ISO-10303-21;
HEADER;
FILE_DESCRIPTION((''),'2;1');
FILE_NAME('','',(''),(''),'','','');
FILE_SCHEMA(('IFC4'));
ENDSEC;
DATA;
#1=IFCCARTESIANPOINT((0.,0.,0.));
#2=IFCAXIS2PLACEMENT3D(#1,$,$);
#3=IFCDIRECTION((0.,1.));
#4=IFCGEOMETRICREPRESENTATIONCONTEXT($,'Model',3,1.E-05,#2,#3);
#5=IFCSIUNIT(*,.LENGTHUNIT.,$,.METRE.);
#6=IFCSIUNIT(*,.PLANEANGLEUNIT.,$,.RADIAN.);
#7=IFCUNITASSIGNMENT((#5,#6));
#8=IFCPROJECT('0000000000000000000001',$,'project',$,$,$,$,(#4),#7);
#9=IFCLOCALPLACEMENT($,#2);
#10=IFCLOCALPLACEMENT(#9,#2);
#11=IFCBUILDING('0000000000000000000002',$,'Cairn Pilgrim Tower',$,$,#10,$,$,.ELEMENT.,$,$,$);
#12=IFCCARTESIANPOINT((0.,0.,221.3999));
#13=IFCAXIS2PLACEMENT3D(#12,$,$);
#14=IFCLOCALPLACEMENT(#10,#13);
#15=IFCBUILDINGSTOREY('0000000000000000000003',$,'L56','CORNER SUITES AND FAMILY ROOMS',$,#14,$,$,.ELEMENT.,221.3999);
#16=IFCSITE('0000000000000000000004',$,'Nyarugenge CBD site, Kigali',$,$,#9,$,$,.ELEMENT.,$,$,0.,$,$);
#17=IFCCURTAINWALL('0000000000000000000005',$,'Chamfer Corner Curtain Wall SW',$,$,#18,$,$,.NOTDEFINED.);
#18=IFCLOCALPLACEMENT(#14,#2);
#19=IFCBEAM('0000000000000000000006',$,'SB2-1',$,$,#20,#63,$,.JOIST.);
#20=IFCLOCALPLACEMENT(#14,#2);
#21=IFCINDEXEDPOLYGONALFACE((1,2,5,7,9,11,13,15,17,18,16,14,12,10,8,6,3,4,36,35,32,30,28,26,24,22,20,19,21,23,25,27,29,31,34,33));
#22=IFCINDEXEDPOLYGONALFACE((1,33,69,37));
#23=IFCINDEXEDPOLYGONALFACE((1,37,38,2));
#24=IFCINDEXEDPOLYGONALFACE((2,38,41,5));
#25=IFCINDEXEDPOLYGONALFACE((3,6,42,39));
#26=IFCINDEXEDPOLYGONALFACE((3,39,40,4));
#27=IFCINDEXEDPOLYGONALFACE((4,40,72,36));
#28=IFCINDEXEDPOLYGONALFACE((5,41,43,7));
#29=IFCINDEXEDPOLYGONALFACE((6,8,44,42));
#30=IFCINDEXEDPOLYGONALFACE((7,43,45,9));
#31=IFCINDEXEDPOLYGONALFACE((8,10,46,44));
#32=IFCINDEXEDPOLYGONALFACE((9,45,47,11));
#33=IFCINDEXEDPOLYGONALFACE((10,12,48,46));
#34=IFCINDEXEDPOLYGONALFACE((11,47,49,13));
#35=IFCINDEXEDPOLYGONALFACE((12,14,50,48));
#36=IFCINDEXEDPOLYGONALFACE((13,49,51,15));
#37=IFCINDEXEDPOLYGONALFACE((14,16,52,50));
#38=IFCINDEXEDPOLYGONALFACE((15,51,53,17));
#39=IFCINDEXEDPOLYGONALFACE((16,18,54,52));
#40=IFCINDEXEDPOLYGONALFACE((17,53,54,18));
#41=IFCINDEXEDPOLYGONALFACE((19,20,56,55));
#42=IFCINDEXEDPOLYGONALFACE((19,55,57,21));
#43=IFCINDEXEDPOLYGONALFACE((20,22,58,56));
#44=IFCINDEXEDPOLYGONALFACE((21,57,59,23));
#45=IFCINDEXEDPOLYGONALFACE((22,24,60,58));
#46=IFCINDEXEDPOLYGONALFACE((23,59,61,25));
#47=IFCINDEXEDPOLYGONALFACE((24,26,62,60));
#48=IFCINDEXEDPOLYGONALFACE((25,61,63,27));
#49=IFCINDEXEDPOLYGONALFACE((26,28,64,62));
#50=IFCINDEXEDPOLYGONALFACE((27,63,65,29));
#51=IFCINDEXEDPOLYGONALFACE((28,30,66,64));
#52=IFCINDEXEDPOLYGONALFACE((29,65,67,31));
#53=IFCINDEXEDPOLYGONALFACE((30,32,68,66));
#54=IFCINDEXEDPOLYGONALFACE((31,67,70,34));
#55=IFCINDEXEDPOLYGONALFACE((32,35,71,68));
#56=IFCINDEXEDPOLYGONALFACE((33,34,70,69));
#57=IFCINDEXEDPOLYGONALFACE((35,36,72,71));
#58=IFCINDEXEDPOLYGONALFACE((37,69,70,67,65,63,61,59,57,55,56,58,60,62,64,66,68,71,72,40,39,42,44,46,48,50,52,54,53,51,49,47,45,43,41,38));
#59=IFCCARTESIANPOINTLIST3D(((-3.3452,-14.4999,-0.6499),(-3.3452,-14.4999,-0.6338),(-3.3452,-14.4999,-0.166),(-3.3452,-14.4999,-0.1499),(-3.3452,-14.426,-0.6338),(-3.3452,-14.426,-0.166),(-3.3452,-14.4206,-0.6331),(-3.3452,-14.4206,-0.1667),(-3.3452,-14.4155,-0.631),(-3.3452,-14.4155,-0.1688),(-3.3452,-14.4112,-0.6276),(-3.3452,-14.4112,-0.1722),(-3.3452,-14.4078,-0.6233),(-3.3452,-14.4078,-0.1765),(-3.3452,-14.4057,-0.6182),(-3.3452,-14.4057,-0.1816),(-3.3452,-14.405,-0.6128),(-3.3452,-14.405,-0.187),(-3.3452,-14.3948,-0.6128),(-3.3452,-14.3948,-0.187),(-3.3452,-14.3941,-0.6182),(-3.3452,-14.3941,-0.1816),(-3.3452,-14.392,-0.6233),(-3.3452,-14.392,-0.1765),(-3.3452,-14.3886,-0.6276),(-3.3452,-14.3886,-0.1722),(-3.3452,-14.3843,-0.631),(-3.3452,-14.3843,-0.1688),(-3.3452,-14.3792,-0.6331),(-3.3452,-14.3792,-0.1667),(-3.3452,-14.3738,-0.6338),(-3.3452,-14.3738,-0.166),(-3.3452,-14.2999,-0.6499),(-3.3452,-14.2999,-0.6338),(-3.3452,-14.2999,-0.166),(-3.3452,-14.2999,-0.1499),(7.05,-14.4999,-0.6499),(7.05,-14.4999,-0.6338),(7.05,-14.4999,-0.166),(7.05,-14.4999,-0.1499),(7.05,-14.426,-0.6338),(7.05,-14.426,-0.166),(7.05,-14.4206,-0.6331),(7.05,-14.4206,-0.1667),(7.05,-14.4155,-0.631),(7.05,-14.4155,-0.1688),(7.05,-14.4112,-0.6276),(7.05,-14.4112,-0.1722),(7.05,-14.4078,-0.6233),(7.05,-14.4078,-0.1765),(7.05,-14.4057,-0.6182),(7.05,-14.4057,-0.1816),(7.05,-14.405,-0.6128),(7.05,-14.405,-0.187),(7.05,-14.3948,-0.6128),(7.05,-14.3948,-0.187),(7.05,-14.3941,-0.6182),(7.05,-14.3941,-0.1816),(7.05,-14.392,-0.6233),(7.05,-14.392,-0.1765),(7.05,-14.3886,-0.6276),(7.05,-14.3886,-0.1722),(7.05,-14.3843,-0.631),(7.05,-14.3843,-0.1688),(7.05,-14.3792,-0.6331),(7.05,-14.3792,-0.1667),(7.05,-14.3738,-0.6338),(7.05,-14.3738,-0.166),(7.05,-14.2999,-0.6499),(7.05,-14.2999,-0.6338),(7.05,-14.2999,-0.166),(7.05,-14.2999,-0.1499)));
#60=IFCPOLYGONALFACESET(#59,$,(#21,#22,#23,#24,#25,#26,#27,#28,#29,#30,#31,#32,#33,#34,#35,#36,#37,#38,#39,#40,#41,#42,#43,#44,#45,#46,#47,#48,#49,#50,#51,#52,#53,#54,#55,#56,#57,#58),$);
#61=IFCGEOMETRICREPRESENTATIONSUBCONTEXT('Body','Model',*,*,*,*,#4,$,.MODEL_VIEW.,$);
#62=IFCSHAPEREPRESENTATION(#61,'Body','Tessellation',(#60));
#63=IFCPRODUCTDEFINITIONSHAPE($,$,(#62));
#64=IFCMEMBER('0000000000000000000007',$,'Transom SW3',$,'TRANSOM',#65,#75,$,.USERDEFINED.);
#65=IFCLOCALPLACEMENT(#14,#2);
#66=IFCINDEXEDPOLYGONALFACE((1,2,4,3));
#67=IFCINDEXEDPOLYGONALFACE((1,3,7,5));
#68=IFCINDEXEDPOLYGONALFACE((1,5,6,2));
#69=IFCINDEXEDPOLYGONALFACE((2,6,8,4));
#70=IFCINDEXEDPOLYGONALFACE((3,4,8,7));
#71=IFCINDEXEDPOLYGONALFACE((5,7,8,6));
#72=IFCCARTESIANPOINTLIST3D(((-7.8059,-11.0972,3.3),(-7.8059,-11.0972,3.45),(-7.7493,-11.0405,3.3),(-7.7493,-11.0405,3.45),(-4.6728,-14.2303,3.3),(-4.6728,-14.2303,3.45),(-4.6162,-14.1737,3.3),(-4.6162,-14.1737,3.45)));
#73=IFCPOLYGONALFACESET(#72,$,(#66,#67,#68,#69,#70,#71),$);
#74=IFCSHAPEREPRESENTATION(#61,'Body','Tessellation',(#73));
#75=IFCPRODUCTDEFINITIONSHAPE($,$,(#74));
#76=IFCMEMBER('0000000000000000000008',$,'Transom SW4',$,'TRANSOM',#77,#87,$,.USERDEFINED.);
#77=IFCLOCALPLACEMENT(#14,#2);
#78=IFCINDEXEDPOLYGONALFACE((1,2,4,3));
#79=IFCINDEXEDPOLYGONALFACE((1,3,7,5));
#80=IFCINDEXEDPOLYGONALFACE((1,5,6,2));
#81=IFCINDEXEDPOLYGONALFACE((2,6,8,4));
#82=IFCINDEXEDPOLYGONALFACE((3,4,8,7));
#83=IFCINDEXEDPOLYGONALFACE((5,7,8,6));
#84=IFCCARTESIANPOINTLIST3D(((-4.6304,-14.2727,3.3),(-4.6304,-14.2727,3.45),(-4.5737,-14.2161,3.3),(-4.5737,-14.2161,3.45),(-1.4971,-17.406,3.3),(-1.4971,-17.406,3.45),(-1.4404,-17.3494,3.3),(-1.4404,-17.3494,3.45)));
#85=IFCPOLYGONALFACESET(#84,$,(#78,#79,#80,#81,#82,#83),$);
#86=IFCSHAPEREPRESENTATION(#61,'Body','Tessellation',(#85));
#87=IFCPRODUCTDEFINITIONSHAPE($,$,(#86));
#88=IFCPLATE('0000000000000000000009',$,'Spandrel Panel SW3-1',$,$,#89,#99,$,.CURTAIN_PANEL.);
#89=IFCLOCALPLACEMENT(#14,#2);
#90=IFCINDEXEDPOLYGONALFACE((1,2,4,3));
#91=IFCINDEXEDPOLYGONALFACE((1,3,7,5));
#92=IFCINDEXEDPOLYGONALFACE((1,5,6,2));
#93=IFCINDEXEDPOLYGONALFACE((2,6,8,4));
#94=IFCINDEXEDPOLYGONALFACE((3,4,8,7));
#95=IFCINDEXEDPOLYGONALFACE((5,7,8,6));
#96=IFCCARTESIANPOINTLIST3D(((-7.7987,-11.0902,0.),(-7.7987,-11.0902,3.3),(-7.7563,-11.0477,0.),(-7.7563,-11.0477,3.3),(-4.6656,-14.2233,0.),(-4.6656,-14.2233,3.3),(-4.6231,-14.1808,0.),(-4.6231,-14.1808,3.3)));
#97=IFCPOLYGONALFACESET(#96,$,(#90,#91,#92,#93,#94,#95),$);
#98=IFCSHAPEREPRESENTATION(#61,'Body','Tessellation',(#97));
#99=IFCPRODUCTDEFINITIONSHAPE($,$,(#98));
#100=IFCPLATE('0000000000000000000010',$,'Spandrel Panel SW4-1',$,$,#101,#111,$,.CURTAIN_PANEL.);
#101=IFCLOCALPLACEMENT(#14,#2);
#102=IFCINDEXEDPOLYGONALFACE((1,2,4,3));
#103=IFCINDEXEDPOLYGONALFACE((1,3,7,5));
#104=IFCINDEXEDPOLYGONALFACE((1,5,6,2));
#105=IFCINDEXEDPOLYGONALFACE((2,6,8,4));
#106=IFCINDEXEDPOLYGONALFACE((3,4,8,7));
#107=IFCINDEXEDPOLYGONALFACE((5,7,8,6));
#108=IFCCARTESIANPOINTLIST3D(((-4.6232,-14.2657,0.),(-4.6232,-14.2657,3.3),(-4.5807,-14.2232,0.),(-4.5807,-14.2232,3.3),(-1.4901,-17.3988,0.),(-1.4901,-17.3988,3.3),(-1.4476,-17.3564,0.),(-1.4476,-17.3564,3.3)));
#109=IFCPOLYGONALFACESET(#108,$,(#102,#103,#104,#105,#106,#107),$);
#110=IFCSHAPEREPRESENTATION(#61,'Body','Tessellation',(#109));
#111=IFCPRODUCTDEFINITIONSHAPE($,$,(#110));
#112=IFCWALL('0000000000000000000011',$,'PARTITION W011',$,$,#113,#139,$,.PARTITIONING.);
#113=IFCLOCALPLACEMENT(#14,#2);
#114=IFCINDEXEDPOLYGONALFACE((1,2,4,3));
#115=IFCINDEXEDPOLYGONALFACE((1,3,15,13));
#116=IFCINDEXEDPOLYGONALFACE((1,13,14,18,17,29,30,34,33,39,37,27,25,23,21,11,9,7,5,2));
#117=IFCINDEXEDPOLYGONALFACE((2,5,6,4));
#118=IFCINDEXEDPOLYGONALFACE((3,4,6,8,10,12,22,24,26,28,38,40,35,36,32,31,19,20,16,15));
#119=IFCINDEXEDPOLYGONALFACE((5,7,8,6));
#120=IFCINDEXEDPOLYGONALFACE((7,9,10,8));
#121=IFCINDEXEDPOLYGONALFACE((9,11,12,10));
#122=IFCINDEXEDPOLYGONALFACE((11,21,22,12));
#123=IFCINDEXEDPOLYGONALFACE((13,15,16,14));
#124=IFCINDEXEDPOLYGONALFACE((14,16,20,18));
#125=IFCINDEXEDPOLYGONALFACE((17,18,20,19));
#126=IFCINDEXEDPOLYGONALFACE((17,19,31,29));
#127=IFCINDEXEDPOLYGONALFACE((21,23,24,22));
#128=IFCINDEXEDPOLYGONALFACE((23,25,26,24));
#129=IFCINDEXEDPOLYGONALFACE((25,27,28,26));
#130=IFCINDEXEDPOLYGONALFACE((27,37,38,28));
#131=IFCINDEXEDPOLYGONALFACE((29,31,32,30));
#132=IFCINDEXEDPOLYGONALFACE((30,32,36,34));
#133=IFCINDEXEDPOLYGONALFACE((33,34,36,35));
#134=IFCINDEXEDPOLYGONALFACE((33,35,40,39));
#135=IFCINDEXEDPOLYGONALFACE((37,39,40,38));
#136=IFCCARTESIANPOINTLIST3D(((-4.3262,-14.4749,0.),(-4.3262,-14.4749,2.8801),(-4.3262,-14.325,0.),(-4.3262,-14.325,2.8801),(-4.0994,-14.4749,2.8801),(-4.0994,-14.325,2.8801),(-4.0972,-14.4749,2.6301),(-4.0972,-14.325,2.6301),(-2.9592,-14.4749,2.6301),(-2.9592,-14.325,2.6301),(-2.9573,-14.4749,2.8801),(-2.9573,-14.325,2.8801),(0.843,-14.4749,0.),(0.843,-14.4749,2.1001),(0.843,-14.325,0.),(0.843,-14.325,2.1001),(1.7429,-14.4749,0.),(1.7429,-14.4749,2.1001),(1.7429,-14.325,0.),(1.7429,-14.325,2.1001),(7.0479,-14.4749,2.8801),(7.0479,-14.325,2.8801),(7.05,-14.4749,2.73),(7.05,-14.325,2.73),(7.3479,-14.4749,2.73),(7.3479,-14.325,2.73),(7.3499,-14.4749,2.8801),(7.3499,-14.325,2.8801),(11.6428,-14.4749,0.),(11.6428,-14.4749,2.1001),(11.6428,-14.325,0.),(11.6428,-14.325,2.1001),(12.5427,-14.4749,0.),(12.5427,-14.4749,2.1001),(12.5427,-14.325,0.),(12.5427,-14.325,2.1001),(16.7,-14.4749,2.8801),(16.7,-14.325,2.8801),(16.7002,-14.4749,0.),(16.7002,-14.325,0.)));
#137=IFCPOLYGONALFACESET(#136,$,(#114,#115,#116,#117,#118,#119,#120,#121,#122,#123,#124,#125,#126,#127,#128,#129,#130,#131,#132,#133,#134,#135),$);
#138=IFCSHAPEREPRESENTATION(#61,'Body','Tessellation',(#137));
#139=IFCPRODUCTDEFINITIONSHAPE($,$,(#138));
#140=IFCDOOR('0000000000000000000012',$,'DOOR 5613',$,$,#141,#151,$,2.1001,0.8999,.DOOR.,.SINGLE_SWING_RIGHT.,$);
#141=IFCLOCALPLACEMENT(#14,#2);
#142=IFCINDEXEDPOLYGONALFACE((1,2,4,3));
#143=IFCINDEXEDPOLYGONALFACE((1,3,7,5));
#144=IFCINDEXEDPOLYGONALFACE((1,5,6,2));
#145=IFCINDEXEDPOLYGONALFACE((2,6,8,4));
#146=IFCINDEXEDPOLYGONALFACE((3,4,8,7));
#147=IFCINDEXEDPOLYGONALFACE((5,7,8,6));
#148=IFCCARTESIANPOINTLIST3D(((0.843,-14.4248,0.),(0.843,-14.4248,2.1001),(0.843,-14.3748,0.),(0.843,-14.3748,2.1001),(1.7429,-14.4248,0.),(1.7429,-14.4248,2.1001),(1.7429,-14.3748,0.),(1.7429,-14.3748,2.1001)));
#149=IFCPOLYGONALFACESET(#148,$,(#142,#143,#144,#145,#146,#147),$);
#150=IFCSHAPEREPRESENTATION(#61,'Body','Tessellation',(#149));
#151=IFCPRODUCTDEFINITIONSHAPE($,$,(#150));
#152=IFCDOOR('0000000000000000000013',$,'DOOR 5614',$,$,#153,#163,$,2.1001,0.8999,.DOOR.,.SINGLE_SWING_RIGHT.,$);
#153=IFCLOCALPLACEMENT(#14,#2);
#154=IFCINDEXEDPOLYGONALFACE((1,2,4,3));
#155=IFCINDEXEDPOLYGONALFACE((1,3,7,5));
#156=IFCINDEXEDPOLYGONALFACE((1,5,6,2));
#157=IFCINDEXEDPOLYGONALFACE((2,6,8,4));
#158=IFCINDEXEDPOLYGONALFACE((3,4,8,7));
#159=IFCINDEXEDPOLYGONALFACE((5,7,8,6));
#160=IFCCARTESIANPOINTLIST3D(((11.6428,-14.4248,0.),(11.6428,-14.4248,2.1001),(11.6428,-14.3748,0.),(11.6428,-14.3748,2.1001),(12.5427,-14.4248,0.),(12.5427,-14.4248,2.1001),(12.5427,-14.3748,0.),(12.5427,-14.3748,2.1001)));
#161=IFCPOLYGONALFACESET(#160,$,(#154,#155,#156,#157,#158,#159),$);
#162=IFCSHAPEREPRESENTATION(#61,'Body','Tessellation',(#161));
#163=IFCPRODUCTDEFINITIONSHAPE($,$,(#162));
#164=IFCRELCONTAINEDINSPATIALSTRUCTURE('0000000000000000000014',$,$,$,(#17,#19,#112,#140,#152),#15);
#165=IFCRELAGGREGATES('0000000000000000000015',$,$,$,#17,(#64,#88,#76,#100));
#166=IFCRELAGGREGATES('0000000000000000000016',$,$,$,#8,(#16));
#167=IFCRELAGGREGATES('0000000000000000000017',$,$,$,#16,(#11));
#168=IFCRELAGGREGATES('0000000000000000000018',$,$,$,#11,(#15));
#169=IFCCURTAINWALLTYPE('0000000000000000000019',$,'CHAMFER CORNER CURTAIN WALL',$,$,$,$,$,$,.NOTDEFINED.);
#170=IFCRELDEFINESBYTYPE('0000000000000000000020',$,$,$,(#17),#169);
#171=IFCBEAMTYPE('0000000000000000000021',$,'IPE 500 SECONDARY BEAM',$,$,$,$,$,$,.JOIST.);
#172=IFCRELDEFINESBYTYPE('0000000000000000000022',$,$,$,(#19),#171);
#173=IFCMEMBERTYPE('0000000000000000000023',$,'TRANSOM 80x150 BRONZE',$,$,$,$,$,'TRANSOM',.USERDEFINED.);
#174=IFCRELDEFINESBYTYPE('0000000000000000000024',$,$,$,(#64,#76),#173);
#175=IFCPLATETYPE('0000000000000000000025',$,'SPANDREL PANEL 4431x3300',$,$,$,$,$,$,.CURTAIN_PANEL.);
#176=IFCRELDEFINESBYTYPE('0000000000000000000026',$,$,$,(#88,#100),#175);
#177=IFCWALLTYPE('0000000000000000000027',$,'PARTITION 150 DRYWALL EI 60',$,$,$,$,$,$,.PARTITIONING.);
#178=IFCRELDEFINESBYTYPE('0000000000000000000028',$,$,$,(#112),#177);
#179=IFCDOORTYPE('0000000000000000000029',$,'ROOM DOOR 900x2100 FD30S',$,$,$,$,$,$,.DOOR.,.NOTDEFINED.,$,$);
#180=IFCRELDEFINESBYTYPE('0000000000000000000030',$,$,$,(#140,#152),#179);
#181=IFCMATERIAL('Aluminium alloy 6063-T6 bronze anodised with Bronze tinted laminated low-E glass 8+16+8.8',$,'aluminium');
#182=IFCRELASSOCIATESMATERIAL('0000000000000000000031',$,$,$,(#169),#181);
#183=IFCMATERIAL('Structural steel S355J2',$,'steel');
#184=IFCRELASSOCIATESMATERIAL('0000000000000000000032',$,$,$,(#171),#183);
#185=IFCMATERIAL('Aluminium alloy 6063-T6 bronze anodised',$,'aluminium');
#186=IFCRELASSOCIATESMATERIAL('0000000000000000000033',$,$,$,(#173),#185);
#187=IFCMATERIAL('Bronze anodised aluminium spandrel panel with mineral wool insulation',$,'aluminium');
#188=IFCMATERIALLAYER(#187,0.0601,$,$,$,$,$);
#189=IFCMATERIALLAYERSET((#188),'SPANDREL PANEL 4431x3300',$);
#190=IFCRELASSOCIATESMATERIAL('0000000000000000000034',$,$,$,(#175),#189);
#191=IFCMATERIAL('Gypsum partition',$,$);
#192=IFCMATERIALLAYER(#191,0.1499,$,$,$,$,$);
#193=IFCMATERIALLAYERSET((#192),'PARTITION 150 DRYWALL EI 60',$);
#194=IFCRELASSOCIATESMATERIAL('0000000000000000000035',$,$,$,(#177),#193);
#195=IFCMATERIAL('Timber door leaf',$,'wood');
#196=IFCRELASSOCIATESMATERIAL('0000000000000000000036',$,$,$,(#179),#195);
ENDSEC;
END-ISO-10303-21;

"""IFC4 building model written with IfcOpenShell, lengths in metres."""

from ifc_helpers import new_model, si_unit, direction, frame, frame_2d, origin, origin_2d, place, context, subcontext, project, spatial, polyline, rectangle, i_section, outline, extrude, material, layer, layer_set, material_profile, profile_set, type_object, element, fill, aggregate, save


model = new_model("IFC4")

# Units and contexts
model_context = context("Model", 3, precision=1e-05, world=origin(), true_north=direction((0.0, 1.0)))
body_context = subcontext(model_context, "Body", "Model", "MODEL_VIEW")
ifc_project = project(units=[si_unit("LENGTHUNIT", "METRE"), si_unit("PLANEANGLEUNIT", "RADIAN")], contexts=[model_context])

# Site, building, storey
site_placement = place(None, origin())
site = spatial("IfcSite", under=ifc_project, at=site_placement, Name="Nyarugenge CBD site, Kigali", CompositionType="ELEMENT", RefElevation=0.0)
building_placement = place(site_placement, origin())
building = spatial("IfcBuilding", under=site, at=building_placement, Name="Cairn Pilgrim Tower", CompositionType="ELEMENT")
storey_placement = place(building_placement, frame((0.0, 0.0, 221.3999)))
storey = spatial("IfcBuildingStorey", under=building, at=storey_placement, Name="L56", Description="CORNER SUITES AND FAMILY ROOMS", CompositionType="ELEMENT", Elevation=221.3999)

# Shared definitions
ifc_material_1 = material(Name="Structural steel S355J2", Category="steel")

# Curtain wall
ifc_material_2 = material(Name="Aluminium alloy 6063-T6 bronze anodised with Bronze tinted laminated low-E glass 8+16+8.8", Category="aluminium")
curtain_wall_type = type_object("IfcCurtainWallType", Name="CHAMFER CORNER CURTAIN WALL", PredefinedType="NOTDEFINED", material=ifc_material_2)
curtain_wall_placement = place(storey_placement, origin())
curtain_wall = element("IfcCurtainWall", 1, at=curtain_wall_placement, inside=storey, type_object=curtain_wall_type, Name="Chamfer Corner Curtain Wall SW", PredefinedType="NOTDEFINED")
ifc_material_3 = material(Name="Aluminium alloy 6063-T6 bronze anodised", Category="aluminium")

# Beam
ifc_material_profile_1 = material_profile(ifc_material_1, i_section(OverallWidth=0.2, OverallDepth=0.5, WebThickness=0.0103, FlangeThickness=0.0161, FilletRadius=0.021, at=origin_2d()), Name="IPE 500")
ifc_profile_set_1 = profile_set([ifc_material_profile_1], Name="Structural steel S355J2")
beam_type_1 = type_object("IfcBeamType", Name="IPE 500 SECONDARY BEAM", PredefinedType="JOIST", material=ifc_profile_set_1)
beam_1_placement = place(storey_placement, frame((-3.3452, -14.3999, -0.3999), z_axis=(1.0, 0.0, 0.0), x_axis=(0.0, 1.0, 0.0)))
element("IfcBeam", 2, at=beam_1_placement, inside=storey, type_object=beam_type_1, Name="SB2-1", PredefinedType="JOIST", context=body_context, shape_type="SweptSolid", body=[
    extrude(i_section(OverallWidth=0.2, OverallDepth=0.5, WebThickness=0.0103, FlangeThickness=0.0161, FilletRadius=0.021, at=origin_2d()), origin(), (0.0, 0.0, 1.0), 10.3953),
])

# Members
ifc_material_profile_2 = material_profile(ifc_material_3, rectangle(XDim=0.0801, YDim=0.1499, at=origin_2d()), Name="TRANSOM 80x150 BRONZE")
ifc_profile_set_2 = profile_set([ifc_material_profile_2], Name="Aluminium alloy 6063-T6 bronze anodised")
member_type_1 = type_object("IfcMemberType", Name="TRANSOM 80x150 BRONZE", ElementType="TRANSOM", PredefinedType="USERDEFINED", material=ifc_profile_set_2)
member_1_placement = place(storey_placement, frame((-7.7776, -11.0688, 3.375), z_axis=(0.707107, -0.707107, 0.0), x_axis=(0.707107, 0.707107, 0.0)))
member_1 = element("IfcMember", 3, at=member_1_placement, type_object=member_type_1, Name="Transom SW3", ObjectType="TRANSOM", PredefinedType="USERDEFINED", context=body_context, shape_type="SweptSolid", body=[
    extrude(rectangle(XDim=0.0801, YDim=0.1499, at=origin_2d()), origin(), (0.0, 0.0, 1.0), 4.4309),
])
member_2_placement = place(storey_placement, frame((-4.6021, -14.2444, 3.375), z_axis=(0.707107, -0.707107, 0.0), x_axis=(0.707107, 0.707107, 0.0)))
member_2 = element("IfcMember", 4, at=member_2_placement, type_object=member_type_1, Name="Transom SW4", ObjectType="TRANSOM", PredefinedType="USERDEFINED", context=body_context, shape_type="SweptSolid", body=[
    extrude(rectangle(XDim=0.0801, YDim=0.1499, at=origin_2d()), origin(), (0.0, 0.0, 1.0), 4.4312),
])

# Plates
ifc_material_4 = material(Name="Bronze anodised aluminium spandrel panel with mineral wool insulation", Category="aluminium")
ifc_layer_1 = layer(ifc_material_4, 0.0601)
ifc_layer_set_1 = layer_set([ifc_layer_1], Name="SPANDREL PANEL 4431x3300")
plate_type = type_object("IfcPlateType", Name="SPANDREL PANEL 4431x3300", PredefinedType="CURTAIN_PANEL", material=ifc_layer_set_1)
plate_1_placement = place(storey_placement, frame((-6.2109, -12.6355, 0.0), z_axis=(0.0, 0.0, 1.0), x_axis=(0.707107, -0.707107, 0.0)))
plate_1 = element("IfcPlate", 5, at=plate_1_placement, type_object=plate_type, Name="Spandrel Panel SW3-1", PredefinedType="CURTAIN_PANEL", context=body_context, shape_type="SweptSolid", body=[
    extrude(rectangle(XDim=4.4309, YDim=0.0601, at=origin_2d()), origin(), (0.0, 0.0, 1.0), 3.3),
])
plate_2_placement = place(storey_placement, frame((-3.0354, -15.811, 0.0), z_axis=(0.0, 0.0, 1.0), x_axis=(0.707107, -0.707107, 0.0)))
plate_2 = element("IfcPlate", 6, at=plate_2_placement, type_object=plate_type, Name="Spandrel Panel SW4-1", PredefinedType="CURTAIN_PANEL", context=body_context, shape_type="SweptSolid", body=[
    extrude(rectangle(XDim=4.4309, YDim=0.0601, at=origin_2d()), origin(), (0.0, 0.0, 1.0), 3.3),
])
aggregate(curtain_wall, [member_1, plate_1, member_2, plate_2])

# Wall, openings, doors
ifc_material_5 = material(Name="Gypsum partition")
ifc_layer_2 = layer(ifc_material_5, 0.1499)
ifc_layer_set_2 = layer_set([ifc_layer_2], Name="PARTITION 150 DRYWALL EI 60")
wall_type_1 = type_object("IfcWallType", Name="PARTITION 150 DRYWALL EI 60", PredefinedType="PARTITIONING", material=ifc_layer_set_2)
wall_1_placement = place(storey_placement, frame((-4.3262, -14.3999, 0.0), z_axis=(0.0, 0.0, 1.0), x_axis=(1.0, 0.0, 0.0)))
wall_1 = element("IfcWall", 7, at=wall_1_placement, inside=storey, type_object=wall_type_1, Name="PARTITION W011", PredefinedType="PARTITIONING", context=body_context, shape_type="SweptSolid", body=[
    extrude(outline(polyline([(0.0, 0.0), (21.0264, 0.0), (21.0261, 2.8801), (11.676, 2.8801), (11.6741, 2.73), (11.3762, 2.73), (11.374, 2.8801), (1.3689, 2.8801), (1.3669, 2.6301), (0.229, 2.6301), (0.2268, 2.8801), (0.0, 2.8801), (0.0, 0.0)])), frame((0.0, 0.075, 0.0), z_axis=(0.0, -1.0, 0.0), x_axis=(1.0, 0.0, 0.0)), (0.0, 0.0, 1.0), 0.1499),
])
opening_1_placement = place(wall_1_placement, frame((5.1692, 0.0, 0.0)))
opening_1 = element("IfcOpeningElement", 8, at=opening_1_placement, cuts=wall_1, PredefinedType="OPENING", context=body_context, shape_type="SweptSolid", body=[
    extrude(rectangle(XDim=0.8999, YDim=2.1001, at=frame_2d((0.45, 1.05))), frame((0.0, 0.085, 0.0), z_axis=(0.0, -1.0, 0.0), x_axis=(1.0, 0.0, 0.0)), (0.0, 0.0, 1.0), 0.1699),
])
opening_2_placement = place(wall_1_placement, frame((15.969, 0.0, 0.0)))
opening_2 = element("IfcOpeningElement", 9, at=opening_2_placement, cuts=wall_1, PredefinedType="OPENING", context=body_context, shape_type="SweptSolid", body=[
    extrude(rectangle(XDim=0.8999, YDim=2.1001, at=frame_2d((0.45, 1.05))), frame((0.0, 0.085, 0.0), z_axis=(0.0, -1.0, 0.0), x_axis=(1.0, 0.0, 0.0)), (0.0, 0.0, 1.0), 0.1699),
])
ifc_material_6 = material(Name="Timber door leaf", Category="wood")
door_type_1 = type_object("IfcDoorType", Name="ROOM DOOR 900x2100 FD30S", OperationType="NOTDEFINED", PredefinedType="DOOR", material=ifc_material_6)
door_1_placement = place(opening_1_placement, frame((0.8999, 0.0, 0.0), z_axis=(0.0, 0.0, 1.0), x_axis=(-1.0, 0.0, 0.0)))
door_1 = element("IfcDoor", 10, at=door_1_placement, inside=storey, type_object=door_type_1, Name="DOOR 5613", OperationType="SINGLE_SWING_RIGHT", OverallHeight=2.1001, OverallWidth=0.8999, PredefinedType="DOOR", context=body_context, shape_type="SweptSolid", body=[
    extrude(rectangle(XDim=0.8999, YDim=2.1001, at=frame_2d((0.45, 1.05))), frame((0.0, 0.0249, 0.0), z_axis=(0.0, -1.0, 0.0), x_axis=(1.0, 0.0, 0.0)), (0.0, 0.0, 1.0), 0.05),
])
fill(opening_1, door_1)
door_2_placement = place(opening_2_placement, frame((0.8999, 0.0, 0.0), z_axis=(0.0, 0.0, 1.0), x_axis=(-1.0, 0.0, 0.0)))
door_2 = element("IfcDoor", 11, at=door_2_placement, inside=storey, type_object=door_type_1, Name="DOOR 5614", OperationType="SINGLE_SWING_RIGHT", OverallHeight=2.1001, OverallWidth=0.8999, PredefinedType="DOOR", context=body_context, shape_type="SweptSolid", body=[
    extrude(rectangle(XDim=0.8999, YDim=2.1001, at=frame_2d((0.45, 1.05))), frame((0.0, 0.0249, 0.0), z_axis=(0.0, -1.0, 0.0), x_axis=(1.0, 0.0, 0.0)), (0.0, 0.0, 1.0), 0.05),
])
fill(opening_2, door_2)

save(model, "model.ifc")
